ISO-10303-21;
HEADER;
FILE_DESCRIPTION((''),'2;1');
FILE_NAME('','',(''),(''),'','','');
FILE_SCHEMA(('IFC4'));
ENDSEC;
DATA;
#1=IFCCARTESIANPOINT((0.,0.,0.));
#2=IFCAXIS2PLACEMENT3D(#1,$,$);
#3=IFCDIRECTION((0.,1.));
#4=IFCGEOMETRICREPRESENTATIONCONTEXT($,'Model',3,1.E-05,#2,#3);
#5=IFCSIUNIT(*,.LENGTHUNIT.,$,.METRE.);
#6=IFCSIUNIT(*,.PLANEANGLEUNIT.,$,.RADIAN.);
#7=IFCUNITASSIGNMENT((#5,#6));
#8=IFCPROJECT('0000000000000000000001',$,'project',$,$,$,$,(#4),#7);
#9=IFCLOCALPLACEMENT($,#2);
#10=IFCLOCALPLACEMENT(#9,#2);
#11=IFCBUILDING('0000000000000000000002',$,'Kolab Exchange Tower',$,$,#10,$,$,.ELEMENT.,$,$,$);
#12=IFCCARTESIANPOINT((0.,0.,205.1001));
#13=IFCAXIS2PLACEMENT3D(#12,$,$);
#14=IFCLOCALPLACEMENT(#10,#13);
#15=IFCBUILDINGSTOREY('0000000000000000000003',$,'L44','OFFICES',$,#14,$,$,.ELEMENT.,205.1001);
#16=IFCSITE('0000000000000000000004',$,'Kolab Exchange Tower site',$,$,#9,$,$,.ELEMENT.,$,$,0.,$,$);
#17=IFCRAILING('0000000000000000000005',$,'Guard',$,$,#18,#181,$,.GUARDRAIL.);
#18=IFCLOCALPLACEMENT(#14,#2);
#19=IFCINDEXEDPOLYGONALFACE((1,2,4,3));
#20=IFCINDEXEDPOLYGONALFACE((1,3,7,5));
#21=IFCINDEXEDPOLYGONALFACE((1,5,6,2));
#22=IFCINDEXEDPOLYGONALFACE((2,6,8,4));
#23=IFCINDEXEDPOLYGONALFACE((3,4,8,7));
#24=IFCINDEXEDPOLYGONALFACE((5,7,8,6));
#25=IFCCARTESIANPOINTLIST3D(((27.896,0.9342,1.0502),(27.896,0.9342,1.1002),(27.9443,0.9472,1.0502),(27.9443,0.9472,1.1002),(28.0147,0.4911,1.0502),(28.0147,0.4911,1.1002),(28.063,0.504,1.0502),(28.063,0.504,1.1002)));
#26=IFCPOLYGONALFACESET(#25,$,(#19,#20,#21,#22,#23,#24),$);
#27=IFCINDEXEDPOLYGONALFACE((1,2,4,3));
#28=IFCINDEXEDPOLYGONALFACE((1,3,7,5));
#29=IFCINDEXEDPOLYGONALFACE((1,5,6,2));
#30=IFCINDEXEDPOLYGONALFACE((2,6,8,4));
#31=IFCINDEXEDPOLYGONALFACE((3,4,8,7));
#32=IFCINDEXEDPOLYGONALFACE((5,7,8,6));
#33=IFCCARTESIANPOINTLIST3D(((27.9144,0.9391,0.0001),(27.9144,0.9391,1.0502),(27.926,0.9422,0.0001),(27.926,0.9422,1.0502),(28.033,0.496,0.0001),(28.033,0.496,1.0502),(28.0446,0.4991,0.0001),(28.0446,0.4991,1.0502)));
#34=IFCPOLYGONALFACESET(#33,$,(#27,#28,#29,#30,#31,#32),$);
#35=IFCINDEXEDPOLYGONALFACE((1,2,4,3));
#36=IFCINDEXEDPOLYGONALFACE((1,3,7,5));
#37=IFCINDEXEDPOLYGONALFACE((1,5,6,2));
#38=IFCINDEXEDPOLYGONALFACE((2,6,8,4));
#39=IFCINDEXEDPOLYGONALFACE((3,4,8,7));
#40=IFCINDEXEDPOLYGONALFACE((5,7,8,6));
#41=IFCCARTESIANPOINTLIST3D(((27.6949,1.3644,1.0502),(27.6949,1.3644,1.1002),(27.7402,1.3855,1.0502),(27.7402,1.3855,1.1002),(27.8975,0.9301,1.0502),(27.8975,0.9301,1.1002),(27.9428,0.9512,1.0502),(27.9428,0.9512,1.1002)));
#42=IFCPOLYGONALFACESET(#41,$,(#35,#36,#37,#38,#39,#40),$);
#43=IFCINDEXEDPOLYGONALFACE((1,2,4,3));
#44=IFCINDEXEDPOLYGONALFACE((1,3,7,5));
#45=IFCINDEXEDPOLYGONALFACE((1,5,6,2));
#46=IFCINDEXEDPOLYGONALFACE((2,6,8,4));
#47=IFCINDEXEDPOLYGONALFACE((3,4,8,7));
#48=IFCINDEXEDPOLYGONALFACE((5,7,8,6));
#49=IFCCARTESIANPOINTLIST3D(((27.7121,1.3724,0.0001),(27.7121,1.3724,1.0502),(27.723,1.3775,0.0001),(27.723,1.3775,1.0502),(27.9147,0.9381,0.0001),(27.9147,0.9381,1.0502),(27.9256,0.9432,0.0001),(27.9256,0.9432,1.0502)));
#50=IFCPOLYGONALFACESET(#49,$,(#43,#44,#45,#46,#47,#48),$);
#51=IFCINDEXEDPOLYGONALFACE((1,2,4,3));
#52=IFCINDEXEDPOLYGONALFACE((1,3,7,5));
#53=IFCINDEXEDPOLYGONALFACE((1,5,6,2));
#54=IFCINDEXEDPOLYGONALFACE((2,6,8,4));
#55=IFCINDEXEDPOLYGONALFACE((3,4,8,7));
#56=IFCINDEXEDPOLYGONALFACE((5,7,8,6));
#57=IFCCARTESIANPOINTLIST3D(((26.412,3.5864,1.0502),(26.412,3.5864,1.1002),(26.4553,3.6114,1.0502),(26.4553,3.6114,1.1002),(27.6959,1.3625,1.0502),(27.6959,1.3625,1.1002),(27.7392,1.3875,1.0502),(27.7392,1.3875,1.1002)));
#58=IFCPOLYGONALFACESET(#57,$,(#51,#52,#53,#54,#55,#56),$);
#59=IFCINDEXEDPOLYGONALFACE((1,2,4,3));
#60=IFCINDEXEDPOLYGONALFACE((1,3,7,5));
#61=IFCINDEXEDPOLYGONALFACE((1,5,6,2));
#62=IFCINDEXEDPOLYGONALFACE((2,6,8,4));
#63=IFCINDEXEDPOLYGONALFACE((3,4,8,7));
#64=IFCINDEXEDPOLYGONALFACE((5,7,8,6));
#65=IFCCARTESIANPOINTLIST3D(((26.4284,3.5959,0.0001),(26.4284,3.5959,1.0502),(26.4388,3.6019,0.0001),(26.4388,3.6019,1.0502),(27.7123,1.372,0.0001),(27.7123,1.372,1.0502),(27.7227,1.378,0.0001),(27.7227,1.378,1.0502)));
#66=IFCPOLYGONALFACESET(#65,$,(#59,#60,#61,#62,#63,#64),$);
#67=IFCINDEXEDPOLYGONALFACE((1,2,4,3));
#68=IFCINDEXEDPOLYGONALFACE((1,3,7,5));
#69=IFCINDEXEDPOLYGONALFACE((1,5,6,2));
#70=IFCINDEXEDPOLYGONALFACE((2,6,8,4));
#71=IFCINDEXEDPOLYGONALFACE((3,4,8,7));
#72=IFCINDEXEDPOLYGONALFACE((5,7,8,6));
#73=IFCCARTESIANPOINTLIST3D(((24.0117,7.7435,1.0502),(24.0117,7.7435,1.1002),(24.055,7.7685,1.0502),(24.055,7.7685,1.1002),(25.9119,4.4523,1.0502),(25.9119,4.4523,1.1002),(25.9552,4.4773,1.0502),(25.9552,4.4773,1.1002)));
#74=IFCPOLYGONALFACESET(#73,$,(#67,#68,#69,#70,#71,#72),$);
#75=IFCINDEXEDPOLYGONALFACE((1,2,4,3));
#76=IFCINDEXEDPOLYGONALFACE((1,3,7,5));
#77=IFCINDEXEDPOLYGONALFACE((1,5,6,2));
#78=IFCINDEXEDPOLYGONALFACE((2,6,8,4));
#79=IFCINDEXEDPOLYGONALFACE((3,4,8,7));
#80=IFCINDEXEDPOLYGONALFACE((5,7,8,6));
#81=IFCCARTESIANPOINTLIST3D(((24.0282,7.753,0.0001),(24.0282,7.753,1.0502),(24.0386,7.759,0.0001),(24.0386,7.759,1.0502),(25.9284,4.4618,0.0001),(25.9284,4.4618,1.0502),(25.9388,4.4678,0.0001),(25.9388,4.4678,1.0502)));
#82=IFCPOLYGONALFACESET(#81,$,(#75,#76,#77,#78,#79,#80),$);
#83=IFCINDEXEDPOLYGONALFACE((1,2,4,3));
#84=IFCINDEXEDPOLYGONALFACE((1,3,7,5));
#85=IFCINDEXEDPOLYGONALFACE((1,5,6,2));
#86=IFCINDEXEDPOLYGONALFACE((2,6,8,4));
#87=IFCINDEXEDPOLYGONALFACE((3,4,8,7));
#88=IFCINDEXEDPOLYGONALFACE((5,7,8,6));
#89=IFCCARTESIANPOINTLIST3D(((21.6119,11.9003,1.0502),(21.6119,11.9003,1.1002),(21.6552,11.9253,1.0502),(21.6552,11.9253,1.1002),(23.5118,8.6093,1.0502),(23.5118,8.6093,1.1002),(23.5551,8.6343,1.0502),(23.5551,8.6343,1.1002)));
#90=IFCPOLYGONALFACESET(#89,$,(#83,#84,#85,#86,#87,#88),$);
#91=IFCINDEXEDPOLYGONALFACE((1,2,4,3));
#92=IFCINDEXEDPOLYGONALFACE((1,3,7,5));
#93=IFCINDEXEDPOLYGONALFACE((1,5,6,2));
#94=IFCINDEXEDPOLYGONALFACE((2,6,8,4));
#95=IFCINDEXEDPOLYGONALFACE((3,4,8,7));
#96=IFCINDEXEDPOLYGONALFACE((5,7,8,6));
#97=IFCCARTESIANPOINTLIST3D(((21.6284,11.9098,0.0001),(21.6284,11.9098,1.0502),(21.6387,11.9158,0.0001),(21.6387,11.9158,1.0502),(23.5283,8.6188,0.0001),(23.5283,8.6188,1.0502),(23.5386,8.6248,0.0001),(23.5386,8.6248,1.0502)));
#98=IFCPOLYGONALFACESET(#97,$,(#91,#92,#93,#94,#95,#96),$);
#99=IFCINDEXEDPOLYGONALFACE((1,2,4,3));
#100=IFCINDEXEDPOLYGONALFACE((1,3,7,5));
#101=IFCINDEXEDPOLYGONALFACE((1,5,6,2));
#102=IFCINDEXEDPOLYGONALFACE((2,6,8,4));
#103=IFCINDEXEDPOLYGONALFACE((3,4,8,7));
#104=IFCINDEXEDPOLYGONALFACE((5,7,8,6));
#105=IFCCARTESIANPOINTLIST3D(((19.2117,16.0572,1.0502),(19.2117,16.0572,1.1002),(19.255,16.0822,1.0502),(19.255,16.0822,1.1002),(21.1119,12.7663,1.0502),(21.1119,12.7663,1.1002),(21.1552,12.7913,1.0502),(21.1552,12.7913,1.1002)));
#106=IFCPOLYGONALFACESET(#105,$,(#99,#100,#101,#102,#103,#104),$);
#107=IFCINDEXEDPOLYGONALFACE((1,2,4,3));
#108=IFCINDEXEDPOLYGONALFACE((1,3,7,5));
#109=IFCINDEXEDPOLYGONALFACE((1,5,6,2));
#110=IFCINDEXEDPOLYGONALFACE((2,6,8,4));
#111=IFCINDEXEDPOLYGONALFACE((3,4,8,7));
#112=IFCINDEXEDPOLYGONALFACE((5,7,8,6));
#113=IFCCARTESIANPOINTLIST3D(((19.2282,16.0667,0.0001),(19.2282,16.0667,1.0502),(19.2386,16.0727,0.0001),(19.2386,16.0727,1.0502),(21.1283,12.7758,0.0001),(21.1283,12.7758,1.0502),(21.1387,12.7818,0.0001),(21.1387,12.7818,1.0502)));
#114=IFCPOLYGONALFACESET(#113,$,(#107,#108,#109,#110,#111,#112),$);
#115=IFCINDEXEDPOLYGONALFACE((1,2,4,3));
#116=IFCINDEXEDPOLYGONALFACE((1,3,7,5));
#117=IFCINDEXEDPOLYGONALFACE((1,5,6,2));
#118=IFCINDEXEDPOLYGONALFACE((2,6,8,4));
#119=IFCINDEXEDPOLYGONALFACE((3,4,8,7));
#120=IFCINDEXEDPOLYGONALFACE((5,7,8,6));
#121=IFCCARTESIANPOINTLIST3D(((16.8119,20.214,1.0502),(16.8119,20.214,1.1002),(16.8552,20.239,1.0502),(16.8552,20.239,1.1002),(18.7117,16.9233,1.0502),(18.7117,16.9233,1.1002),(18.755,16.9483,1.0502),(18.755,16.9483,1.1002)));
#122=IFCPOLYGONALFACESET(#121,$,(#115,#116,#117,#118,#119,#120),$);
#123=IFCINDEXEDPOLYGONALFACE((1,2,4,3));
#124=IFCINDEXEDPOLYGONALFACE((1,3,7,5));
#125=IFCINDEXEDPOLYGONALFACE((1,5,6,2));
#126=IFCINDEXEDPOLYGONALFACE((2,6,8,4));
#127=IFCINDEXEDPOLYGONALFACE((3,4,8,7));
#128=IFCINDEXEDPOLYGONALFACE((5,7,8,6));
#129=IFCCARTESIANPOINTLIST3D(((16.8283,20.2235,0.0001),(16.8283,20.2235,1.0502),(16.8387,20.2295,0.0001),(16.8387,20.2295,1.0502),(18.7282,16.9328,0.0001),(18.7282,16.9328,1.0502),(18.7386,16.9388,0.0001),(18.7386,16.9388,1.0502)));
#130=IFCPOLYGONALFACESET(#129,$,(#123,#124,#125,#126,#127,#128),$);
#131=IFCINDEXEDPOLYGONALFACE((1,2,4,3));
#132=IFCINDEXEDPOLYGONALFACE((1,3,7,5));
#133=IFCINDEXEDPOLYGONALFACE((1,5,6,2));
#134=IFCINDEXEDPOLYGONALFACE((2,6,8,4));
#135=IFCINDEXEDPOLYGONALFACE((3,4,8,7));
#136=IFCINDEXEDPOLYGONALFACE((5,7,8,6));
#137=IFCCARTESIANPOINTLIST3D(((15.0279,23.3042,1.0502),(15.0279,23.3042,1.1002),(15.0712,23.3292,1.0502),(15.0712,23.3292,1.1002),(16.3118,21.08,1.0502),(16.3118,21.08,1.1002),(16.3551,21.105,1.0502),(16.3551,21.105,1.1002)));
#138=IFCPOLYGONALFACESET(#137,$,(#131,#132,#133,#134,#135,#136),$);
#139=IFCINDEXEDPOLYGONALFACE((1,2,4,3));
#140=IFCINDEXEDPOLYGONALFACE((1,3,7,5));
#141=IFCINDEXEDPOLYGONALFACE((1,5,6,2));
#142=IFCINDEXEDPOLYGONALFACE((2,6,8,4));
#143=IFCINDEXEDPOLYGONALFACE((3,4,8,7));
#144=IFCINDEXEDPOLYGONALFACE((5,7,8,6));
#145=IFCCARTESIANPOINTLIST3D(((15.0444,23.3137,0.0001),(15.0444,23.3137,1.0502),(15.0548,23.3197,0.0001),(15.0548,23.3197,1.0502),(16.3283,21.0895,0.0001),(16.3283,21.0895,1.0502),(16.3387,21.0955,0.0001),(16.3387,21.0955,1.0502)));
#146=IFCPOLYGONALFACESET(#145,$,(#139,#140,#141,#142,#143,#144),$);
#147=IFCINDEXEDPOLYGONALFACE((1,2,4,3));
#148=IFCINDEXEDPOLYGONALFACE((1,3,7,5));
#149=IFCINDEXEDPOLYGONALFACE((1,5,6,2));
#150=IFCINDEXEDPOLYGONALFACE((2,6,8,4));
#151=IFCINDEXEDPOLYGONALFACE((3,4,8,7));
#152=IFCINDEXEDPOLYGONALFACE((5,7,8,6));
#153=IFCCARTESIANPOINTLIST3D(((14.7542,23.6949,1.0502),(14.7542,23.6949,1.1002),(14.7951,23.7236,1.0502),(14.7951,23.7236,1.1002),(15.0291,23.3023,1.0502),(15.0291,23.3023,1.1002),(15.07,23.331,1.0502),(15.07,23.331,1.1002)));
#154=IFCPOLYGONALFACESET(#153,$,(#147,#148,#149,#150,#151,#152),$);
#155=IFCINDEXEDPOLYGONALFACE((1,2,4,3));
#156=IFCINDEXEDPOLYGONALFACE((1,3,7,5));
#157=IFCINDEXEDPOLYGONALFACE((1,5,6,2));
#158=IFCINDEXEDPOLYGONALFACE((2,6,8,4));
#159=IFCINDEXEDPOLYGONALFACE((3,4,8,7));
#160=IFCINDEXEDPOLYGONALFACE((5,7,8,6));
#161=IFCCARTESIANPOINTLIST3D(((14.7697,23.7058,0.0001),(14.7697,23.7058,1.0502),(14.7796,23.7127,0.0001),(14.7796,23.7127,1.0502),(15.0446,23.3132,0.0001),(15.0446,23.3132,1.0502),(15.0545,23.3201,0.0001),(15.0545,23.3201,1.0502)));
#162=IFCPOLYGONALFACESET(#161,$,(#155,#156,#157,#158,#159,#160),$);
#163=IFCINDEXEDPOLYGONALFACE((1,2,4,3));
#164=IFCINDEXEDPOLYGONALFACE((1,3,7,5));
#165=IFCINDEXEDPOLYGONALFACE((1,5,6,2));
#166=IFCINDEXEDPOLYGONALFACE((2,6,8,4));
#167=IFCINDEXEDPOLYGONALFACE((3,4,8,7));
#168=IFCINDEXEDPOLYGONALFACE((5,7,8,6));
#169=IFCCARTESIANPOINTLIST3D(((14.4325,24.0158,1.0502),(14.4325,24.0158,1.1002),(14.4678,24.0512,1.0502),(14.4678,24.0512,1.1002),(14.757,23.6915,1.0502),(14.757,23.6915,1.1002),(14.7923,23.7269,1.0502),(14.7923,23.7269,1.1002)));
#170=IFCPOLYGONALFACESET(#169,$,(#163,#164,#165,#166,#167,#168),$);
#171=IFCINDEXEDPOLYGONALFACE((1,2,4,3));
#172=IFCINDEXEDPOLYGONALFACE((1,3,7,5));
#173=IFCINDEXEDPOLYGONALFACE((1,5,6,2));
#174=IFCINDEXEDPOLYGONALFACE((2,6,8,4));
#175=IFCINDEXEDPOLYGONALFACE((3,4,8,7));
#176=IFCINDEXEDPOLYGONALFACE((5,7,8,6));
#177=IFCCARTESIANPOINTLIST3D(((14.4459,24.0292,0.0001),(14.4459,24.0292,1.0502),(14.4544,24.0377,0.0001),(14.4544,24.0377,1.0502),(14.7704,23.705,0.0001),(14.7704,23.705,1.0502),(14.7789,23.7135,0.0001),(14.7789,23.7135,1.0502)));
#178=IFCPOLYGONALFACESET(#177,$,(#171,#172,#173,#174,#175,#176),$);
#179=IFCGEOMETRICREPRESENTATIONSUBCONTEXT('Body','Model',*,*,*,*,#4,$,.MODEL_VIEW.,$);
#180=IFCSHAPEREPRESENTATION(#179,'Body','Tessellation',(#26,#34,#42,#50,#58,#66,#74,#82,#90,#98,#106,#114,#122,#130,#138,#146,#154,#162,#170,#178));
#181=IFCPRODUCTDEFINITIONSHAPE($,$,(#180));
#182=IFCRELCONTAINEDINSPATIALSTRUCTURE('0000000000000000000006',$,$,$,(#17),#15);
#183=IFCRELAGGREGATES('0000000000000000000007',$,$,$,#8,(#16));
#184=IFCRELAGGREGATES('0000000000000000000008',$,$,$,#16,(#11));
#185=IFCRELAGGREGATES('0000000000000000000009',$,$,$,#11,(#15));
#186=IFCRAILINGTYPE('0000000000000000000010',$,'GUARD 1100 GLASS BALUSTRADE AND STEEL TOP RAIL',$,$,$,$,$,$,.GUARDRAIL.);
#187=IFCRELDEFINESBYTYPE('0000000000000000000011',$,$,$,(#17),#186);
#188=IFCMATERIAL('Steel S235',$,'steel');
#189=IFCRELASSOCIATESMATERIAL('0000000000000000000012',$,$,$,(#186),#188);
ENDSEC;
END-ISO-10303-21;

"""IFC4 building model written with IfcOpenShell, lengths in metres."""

from ifc_helpers import new_model, si_unit, direction, frame, frame_2d, origin, origin_2d, place, context, subcontext, project, spatial, rectangle, extrude, material, type_object, element, save


model = new_model("IFC4")

# Units and contexts
model_context = context("Model", 3, precision=1e-05, world=origin(), true_north=direction((0.0, 1.0)))
body_context = subcontext(model_context, "Body", "Model", "MODEL_VIEW")
ifc_project = project(units=[si_unit("LENGTHUNIT", "METRE"), si_unit("PLANEANGLEUNIT", "RADIAN")], contexts=[model_context])

# Site, building, storey
site_placement = place(None, origin())
site = spatial("IfcSite", under=ifc_project, at=site_placement, Name="Kolab Exchange Tower site", CompositionType="ELEMENT", RefElevation=0.0)
building_placement = place(site_placement, origin())
building = spatial("IfcBuilding", under=site, at=building_placement, Name="Kolab Exchange Tower", CompositionType="ELEMENT")
storey_placement = place(building_placement, frame((0.0, 0.0, 205.1001)))
storey = spatial("IfcBuildingStorey", under=building, at=storey_placement, Name="L44", Description="OFFICES", CompositionType="ELEMENT", Elevation=205.1001)

# Railing
ifc_material_1 = material(Name="Steel S235", Category="steel")
railing_type = type_object("IfcRailingType", Name="GUARD 1100 GLASS BALUSTRADE AND STEEL TOP RAIL", PredefinedType="GUARDRAIL", material=ifc_material_1)
railing_placement = place(storey_placement, frame((28.0388, 0.4976, 0.0)))
element("IfcRailing", 1, at=railing_placement, inside=storey, type_object=railing_type, Name="Guard", PredefinedType="GUARDRAIL", context=body_context, shape_type="SweptSolid", body=[
    extrude(rectangle(XDim=0.05, YDim=0.05, at=origin_2d()), frame((0.0, 0.0, 1.0752), z_axis=(-0.258656, 0.965969, 0.0), x_axis=(-0.965969, -0.258656, 0.0)), (0.0, 0.0, 1.0), 0.4587),
    extrude(rectangle(XDim=0.012, YDim=1.0501, at=frame_2d((0.0, 0.5251))), frame((0.0, 0.0, 0.0), z_axis=(-0.258656, 0.965969, 0.0), x_axis=(-0.965969, -0.258656, 0.0)), (0.0, 0.0, 1.0), 0.4587),
    extrude(rectangle(XDim=0.05, YDim=0.05, at=origin_2d()), frame((-0.1187, 0.4431, 1.0752), z_axis=(-0.422802, 0.906222, 0.0), x_axis=(-0.906222, -0.422802, 0.0)), (0.0, 0.0, 1.0), 0.4792),
    extrude(rectangle(XDim=0.012, YDim=1.0501, at=frame_2d((0.0, 0.5251))), frame((-0.1187, 0.4431, 0.0), z_axis=(-0.422802, 0.906222, 0.0), x_axis=(-0.906222, -0.422802, 0.0)), (0.0, 0.0, 1.0), 0.4792),
    extrude(rectangle(XDim=0.05, YDim=0.05, at=origin_2d()), frame((-0.3213, 0.8774, 1.0752), z_axis=(-0.499994, 0.866029, 0.0), x_axis=(-0.866029, -0.499994, 0.0)), (0.0, 0.0, 1.0), 2.5679),
    extrude(rectangle(XDim=0.012, YDim=1.0501, at=frame_2d((0.0, 0.5251))), frame((-0.3213, 0.8774, 0.0), z_axis=(-0.499994, 0.866029, 0.0), x_axis=(-0.866029, -0.499994, 0.0)), (0.0, 0.0, 1.0), 2.5679),
    extrude(rectangle(XDim=0.05, YDim=0.05, at=origin_2d()), frame((-2.1052, 3.9673, 1.0752), z_axis=(-0.500015, 0.866017, 0.0), x_axis=(-0.866017, -0.500015, 0.0)), (0.0, 0.0, 1.0), 3.8003),
    extrude(rectangle(XDim=0.012, YDim=1.0501, at=frame_2d((0.0, 0.5251))), frame((-2.1052, 3.9673, 0.0), z_axis=(-0.500015, 0.866017, 0.0), x_axis=(-0.866017, -0.500015, 0.0)), (0.0, 0.0, 1.0), 3.8003),
    extrude(rectangle(XDim=0.05, YDim=0.05, at=origin_2d()), frame((-4.5054, 8.1243, 1.0752), z_axis=(-0.499967, 0.866044, 0.0), x_axis=(-0.866044, -0.499967, 0.0)), (0.0, 0.0, 1.0), 3.8),
    extrude(rectangle(XDim=0.012, YDim=1.0501, at=frame_2d((0.0, 0.5251))), frame((-4.5054, 8.1243, 0.0), z_axis=(-0.499967, 0.866044, 0.0), x_axis=(-0.866044, -0.499967, 0.0)), (0.0, 0.0, 1.0), 3.8),
    extrude(rectangle(XDim=0.05, YDim=0.05, at=origin_2d()), frame((-6.9053, 12.2812, 1.0752), z_axis=(-0.500043, 0.866, 0.0), x_axis=(-0.866, -0.500043, 0.0)), (0.0, 0.0, 1.0), 3.8),
    extrude(rectangle(XDim=0.012, YDim=1.0501, at=frame_2d((0.0, 0.5251))), frame((-6.9053, 12.2812, 0.0), z_axis=(-0.500043, 0.866, 0.0), x_axis=(-0.866, -0.500043, 0.0)), (0.0, 0.0, 1.0), 3.8),
    extrude(rectangle(XDim=0.05, YDim=0.05, at=origin_2d()), frame((-9.3054, 16.4382, 1.0752), z_axis=(-0.499995, 0.866028, 0.0), x_axis=(-0.866028, -0.499995, 0.0)), (0.0, 0.0, 1.0), 3.7998),
    extrude(rectangle(XDim=0.012, YDim=1.0501, at=frame_2d((0.0, 0.5251))), frame((-9.3054, 16.4382, 0.0), z_axis=(-0.499995, 0.866028, 0.0), x_axis=(-0.866028, -0.499995, 0.0)), (0.0, 0.0, 1.0), 3.7998),
    extrude(rectangle(XDim=0.05, YDim=0.05, at=origin_2d()), frame((-11.7053, 20.595, 1.0752), z_axis=(-0.499953, 0.866053, 0.0), x_axis=(-0.866053, -0.499953, 0.0)), (0.0, 0.0, 1.0), 2.5681),
    extrude(rectangle(XDim=0.012, YDim=1.0501, at=frame_2d((0.0, 0.5251))), frame((-11.7053, 20.595, 0.0), z_axis=(-0.499953, 0.866053, 0.0), x_axis=(-0.866053, -0.499953, 0.0)), (0.0, 0.0, 1.0), 2.5681),
    extrude(rectangle(XDim=0.05, YDim=0.05, at=origin_2d()), frame((-12.9893, 22.8191, 1.0752), z_axis=(-0.573599, 0.819136, 0.0), x_axis=(-0.819136, -0.573599, 0.0)), (0.0, 0.0, 1.0), 0.4792),
    extrude(rectangle(XDim=0.012, YDim=1.0501, at=frame_2d((0.0, 0.5251))), frame((-12.9893, 22.8191, 0.0), z_axis=(-0.573599, 0.819136, 0.0), x_axis=(-0.819136, -0.573599, 0.0)), (0.0, 0.0, 1.0), 0.4792),
    extrude(rectangle(XDim=0.05, YDim=0.05, at=origin_2d()), frame((-13.2642, 23.2117, 1.0752), z_axis=(-0.707373, 0.706841, 0.0), x_axis=(-0.706841, -0.707373, 0.0)), (0.0, 0.0, 1.0), 0.4587),
    extrude(rectangle(XDim=0.012, YDim=1.0501, at=frame_2d((0.0, 0.5251))), frame((-13.2642, 23.2117, 0.0), z_axis=(-0.707373, 0.706841, 0.0), x_axis=(-0.706841, -0.707373, 0.0)), (0.0, 0.0, 1.0), 0.4587),
])

save(model, "model.ifc")
